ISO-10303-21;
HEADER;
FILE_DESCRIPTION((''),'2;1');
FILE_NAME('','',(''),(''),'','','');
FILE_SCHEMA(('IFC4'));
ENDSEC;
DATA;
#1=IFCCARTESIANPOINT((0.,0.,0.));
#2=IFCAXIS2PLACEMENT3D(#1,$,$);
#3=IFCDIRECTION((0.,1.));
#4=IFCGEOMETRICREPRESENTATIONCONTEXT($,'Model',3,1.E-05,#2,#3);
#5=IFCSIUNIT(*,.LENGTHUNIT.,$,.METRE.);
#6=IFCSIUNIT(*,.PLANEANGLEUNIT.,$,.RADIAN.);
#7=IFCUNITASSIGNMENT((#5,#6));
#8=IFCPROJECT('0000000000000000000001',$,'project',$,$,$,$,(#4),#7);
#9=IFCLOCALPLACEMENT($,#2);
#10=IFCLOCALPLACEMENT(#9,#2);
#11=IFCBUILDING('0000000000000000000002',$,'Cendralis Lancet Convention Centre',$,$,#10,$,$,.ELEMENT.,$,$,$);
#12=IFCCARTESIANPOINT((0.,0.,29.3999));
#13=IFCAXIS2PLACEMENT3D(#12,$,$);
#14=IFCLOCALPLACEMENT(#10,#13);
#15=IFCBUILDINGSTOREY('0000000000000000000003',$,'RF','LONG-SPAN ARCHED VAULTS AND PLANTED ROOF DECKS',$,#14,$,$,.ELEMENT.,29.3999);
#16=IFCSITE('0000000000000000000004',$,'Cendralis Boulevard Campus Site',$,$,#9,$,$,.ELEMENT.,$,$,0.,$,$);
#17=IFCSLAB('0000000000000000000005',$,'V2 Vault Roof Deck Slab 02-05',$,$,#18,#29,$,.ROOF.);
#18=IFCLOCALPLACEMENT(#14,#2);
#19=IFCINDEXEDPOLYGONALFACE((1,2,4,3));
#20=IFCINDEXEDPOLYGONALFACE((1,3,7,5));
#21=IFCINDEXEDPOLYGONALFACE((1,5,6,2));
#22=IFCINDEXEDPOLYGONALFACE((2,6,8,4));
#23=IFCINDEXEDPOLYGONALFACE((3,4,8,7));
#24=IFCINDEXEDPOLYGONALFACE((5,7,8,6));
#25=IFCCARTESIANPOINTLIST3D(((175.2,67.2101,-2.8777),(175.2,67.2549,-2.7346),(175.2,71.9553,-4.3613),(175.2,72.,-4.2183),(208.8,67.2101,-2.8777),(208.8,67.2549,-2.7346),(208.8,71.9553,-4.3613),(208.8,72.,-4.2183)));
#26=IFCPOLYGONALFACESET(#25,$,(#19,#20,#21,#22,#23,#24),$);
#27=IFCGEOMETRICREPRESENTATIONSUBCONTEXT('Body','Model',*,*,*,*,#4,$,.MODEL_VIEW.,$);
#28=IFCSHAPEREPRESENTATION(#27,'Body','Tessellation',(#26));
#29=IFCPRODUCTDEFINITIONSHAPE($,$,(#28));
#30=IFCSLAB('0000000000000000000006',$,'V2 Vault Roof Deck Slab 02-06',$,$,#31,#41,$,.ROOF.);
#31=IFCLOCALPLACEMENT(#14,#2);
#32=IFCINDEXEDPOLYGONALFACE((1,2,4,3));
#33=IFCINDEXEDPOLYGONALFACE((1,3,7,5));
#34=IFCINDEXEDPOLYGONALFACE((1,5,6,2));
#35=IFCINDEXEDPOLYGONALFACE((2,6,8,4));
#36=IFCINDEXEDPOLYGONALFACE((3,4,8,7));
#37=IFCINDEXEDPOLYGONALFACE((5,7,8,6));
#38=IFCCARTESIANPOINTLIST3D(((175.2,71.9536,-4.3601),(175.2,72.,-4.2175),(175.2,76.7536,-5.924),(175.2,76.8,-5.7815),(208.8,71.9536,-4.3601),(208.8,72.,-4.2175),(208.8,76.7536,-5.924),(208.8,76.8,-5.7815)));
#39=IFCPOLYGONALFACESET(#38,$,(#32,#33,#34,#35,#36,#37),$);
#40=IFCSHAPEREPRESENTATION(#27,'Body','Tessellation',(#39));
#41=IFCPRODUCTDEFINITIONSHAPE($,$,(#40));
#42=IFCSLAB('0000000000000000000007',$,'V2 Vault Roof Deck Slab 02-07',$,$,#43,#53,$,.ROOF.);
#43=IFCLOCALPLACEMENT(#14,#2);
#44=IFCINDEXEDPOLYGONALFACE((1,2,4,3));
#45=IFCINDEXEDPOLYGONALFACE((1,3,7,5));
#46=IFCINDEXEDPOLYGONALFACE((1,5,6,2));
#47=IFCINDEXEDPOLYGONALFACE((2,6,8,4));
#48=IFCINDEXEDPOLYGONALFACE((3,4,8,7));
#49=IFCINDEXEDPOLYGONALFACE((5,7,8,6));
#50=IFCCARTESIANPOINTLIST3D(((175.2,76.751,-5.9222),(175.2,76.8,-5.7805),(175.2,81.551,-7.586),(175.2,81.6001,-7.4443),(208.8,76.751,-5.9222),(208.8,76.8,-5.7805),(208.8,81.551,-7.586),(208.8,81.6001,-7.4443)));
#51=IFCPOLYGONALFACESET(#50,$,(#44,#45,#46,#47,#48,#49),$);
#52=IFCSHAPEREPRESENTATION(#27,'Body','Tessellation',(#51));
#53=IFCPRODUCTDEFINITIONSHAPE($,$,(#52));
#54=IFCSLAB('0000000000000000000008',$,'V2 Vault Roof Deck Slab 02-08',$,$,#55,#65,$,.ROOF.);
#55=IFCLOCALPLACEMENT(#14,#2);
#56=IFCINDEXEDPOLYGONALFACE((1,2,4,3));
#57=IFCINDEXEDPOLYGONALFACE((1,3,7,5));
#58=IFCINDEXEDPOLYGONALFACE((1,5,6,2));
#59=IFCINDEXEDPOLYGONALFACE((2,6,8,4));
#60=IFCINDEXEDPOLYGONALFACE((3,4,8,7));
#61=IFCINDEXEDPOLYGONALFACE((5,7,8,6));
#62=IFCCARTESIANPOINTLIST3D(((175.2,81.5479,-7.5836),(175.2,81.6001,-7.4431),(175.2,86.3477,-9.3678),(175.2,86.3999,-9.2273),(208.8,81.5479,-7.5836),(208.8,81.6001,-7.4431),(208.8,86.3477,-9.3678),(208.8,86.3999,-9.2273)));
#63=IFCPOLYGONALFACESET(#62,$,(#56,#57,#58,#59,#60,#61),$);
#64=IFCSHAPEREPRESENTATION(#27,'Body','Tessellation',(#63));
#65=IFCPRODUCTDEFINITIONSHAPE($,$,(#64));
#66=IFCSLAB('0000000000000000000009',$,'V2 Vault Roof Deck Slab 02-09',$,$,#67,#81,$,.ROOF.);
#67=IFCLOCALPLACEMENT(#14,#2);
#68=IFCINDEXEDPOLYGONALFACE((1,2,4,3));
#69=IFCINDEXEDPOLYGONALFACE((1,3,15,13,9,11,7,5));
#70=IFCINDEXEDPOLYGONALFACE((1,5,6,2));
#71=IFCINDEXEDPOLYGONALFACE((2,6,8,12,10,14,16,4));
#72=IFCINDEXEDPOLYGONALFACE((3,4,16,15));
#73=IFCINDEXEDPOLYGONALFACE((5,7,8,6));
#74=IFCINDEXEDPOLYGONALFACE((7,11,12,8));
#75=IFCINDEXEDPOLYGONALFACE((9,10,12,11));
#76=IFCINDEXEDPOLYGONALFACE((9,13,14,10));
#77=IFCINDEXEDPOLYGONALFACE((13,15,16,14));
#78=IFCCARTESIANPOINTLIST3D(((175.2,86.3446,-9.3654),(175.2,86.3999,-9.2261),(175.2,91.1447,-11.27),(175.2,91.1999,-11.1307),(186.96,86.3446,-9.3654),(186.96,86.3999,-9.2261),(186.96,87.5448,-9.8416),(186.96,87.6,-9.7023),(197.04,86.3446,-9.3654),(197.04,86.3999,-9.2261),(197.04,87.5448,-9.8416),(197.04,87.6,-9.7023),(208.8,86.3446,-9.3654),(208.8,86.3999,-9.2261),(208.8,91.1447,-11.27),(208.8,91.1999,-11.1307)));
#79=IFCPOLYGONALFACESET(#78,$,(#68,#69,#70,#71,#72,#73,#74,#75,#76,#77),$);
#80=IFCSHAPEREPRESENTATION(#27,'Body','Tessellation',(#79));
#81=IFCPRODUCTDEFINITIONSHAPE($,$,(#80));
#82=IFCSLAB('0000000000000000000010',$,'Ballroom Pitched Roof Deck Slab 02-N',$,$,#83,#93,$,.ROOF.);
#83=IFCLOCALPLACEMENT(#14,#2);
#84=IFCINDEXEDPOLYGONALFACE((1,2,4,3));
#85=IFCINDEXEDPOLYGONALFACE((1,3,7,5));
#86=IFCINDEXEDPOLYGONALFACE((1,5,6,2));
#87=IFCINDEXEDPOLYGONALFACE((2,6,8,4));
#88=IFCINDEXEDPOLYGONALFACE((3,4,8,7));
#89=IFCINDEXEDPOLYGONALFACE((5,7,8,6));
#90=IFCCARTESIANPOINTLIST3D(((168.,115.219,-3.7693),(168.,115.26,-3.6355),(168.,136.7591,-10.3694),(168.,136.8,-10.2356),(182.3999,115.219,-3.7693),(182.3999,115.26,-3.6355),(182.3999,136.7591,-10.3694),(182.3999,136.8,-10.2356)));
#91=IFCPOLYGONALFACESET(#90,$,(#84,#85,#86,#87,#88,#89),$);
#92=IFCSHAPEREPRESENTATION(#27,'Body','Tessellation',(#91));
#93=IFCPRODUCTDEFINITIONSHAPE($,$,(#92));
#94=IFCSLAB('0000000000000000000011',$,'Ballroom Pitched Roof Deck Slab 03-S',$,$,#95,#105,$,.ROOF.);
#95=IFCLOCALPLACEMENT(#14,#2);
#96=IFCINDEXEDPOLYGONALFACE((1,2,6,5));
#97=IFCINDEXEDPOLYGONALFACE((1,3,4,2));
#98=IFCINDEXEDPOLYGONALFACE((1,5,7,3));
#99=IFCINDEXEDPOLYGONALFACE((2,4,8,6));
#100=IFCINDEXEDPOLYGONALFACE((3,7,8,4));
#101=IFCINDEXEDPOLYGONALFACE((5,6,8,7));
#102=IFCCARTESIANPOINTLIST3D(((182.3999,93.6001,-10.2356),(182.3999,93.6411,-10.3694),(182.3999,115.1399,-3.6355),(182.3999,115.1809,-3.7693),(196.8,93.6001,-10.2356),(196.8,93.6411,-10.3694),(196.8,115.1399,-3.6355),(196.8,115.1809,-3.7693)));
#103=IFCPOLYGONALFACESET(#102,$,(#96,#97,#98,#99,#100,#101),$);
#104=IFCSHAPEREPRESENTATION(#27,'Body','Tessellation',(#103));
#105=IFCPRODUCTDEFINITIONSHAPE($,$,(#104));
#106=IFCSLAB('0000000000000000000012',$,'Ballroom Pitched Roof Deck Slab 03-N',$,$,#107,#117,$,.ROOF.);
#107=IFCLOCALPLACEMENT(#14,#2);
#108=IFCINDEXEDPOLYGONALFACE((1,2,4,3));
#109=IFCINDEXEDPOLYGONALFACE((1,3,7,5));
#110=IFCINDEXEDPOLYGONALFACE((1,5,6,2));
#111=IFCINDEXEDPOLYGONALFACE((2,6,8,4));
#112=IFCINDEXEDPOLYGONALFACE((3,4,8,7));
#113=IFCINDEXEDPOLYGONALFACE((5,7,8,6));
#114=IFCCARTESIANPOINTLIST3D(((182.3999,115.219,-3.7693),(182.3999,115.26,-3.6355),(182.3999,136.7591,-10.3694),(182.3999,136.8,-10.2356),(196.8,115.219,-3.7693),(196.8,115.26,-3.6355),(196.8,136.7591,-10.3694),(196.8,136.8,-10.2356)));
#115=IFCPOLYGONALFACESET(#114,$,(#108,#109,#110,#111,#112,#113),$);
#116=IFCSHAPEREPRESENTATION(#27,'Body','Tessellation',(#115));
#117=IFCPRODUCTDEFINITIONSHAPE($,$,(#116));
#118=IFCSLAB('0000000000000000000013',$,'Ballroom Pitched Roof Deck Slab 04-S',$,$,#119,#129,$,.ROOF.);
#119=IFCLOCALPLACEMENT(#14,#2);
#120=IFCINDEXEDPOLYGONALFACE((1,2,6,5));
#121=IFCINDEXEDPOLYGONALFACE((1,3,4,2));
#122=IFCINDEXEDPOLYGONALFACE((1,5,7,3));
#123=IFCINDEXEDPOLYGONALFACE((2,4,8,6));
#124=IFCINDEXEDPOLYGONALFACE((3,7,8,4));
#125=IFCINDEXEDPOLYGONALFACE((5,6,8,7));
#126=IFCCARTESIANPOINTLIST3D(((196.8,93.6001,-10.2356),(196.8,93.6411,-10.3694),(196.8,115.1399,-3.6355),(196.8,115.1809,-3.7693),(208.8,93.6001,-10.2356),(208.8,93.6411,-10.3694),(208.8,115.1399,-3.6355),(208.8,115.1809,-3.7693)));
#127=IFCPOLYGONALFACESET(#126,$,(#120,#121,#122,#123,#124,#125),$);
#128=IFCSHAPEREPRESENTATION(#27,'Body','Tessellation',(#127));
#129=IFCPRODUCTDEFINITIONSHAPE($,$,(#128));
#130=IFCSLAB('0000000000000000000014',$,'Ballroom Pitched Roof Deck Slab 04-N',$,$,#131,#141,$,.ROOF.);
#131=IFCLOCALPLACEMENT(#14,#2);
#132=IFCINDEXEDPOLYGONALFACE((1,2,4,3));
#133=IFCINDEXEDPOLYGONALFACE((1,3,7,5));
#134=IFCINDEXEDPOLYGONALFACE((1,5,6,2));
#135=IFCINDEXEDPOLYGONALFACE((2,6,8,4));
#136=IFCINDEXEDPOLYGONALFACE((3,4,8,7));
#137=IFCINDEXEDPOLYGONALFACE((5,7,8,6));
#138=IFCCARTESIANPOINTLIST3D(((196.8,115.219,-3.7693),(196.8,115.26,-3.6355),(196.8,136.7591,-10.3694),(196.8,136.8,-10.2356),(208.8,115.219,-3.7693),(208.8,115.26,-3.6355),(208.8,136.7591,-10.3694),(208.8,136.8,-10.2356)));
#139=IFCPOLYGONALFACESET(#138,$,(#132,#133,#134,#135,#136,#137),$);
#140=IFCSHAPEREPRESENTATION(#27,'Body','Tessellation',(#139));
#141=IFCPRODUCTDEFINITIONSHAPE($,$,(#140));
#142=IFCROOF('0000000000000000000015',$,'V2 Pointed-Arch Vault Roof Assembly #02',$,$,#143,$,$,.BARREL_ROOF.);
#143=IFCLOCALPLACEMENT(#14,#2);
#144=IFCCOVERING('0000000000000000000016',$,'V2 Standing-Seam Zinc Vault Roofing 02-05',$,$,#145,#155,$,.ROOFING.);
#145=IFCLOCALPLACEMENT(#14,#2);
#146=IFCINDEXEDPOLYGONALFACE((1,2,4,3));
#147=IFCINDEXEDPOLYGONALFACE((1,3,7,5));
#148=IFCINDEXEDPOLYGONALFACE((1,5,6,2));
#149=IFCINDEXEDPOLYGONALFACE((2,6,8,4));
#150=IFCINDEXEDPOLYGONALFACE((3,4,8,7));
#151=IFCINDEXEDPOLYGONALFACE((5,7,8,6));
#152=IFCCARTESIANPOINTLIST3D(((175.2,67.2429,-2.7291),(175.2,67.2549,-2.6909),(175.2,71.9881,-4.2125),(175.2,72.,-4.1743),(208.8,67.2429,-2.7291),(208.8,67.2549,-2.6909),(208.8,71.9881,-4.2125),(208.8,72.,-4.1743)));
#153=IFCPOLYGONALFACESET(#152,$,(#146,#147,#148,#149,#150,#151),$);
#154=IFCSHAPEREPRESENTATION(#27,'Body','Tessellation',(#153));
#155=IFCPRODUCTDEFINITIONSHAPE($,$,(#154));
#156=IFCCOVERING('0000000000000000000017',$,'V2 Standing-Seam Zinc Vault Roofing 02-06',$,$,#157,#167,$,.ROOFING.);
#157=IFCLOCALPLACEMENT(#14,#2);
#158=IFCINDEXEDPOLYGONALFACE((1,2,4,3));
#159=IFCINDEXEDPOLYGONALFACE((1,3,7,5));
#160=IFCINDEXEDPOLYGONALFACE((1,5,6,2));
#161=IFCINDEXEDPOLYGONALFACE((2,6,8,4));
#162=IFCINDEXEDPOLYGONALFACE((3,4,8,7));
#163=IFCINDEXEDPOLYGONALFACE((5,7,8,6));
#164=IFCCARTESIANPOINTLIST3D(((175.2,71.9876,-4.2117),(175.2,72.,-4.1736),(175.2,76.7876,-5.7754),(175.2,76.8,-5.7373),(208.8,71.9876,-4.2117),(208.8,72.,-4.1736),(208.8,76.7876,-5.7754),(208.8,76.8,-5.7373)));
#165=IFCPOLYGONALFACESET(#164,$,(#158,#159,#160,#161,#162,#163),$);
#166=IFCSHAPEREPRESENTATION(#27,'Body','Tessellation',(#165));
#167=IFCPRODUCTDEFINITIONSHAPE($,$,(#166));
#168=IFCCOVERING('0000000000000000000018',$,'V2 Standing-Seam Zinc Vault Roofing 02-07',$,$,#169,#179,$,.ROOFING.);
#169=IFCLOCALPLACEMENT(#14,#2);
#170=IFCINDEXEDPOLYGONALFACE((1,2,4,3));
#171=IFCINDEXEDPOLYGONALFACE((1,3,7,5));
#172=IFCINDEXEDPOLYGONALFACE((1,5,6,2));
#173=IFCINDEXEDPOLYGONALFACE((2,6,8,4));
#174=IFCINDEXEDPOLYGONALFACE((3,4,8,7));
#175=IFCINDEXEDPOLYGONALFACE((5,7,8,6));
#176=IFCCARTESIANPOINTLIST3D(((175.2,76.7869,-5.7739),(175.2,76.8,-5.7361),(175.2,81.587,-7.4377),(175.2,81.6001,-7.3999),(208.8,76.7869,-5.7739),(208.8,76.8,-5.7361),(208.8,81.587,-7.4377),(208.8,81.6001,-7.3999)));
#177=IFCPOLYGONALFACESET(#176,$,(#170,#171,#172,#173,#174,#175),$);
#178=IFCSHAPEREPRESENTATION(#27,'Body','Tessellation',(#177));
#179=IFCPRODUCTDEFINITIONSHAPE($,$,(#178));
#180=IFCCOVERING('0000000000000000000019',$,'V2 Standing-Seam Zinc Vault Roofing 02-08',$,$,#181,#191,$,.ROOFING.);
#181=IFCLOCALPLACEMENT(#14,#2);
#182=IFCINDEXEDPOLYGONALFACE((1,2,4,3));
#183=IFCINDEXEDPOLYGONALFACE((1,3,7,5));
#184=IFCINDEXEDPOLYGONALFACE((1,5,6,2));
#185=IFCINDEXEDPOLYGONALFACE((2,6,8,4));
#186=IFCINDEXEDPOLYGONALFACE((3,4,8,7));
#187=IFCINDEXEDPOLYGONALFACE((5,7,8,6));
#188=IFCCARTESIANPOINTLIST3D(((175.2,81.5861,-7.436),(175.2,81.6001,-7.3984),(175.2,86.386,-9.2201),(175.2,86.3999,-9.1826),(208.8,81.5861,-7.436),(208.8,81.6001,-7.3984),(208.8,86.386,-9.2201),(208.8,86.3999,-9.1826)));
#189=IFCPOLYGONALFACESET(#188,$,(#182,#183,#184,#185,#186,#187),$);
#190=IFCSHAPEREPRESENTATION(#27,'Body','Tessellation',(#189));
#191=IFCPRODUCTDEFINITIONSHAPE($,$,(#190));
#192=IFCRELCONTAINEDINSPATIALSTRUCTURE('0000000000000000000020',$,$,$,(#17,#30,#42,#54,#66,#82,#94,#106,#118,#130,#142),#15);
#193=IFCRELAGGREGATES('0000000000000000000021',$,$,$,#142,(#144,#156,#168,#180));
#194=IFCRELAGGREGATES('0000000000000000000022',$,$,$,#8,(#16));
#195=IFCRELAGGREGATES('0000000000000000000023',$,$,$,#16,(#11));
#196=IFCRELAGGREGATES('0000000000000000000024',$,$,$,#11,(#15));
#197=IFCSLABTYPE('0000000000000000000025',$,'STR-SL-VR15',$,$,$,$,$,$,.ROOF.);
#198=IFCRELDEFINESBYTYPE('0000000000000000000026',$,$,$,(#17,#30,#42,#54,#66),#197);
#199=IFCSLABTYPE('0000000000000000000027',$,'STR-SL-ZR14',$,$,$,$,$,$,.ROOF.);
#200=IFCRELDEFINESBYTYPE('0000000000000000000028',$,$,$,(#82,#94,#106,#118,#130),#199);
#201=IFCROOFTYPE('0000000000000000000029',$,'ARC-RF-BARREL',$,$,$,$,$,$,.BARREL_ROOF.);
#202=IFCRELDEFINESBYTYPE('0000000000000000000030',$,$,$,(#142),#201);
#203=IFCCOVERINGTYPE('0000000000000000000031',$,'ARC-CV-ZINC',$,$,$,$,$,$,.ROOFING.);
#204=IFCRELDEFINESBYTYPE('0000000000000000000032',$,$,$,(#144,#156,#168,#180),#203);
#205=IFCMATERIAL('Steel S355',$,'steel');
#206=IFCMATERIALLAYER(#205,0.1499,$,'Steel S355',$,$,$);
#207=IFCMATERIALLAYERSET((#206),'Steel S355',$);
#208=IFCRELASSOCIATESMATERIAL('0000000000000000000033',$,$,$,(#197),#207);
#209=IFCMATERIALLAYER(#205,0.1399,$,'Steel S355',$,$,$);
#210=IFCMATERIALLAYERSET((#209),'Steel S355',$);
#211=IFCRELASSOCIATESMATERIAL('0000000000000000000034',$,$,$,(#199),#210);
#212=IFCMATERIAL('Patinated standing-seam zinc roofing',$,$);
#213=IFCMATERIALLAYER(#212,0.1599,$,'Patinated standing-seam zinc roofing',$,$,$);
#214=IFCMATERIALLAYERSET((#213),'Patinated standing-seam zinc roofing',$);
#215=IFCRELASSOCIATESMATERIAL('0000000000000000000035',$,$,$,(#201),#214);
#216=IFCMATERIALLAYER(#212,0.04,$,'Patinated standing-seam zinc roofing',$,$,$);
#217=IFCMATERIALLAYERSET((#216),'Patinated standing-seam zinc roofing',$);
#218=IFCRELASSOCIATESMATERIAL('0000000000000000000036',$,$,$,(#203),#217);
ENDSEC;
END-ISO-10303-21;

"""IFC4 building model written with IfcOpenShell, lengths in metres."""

from ifc_helpers import new_model, si_unit, direction, frame, origin, place, context, subcontext, project, spatial, polyline, outline, extrude, material, layer, layer_set, type_object, element, aggregate, save


model = new_model("IFC4")

# Units and contexts
model_context = context("Model", 3, precision=1e-05, world=origin(), true_north=direction((0.0, 1.0)))
body_context = subcontext(model_context, "Body", "Model", "MODEL_VIEW")
ifc_project = project(units=[si_unit("LENGTHUNIT", "METRE"), si_unit("PLANEANGLEUNIT", "RADIAN")], contexts=[model_context])

# Site, building, storey
site_placement = place(None, origin())
site = spatial("IfcSite", under=ifc_project, at=site_placement, Name="Cendralis Boulevard Campus Site", CompositionType="ELEMENT", RefElevation=0.0)
building_placement = place(site_placement, origin())
building = spatial("IfcBuilding", under=site, at=building_placement, Name="Cendralis Lancet Convention Centre", CompositionType="ELEMENT")
storey_placement = place(building_placement, frame((0.0, 0.0, 29.3999)))
storey = spatial("IfcBuildingStorey", under=building, at=storey_placement, Name="RF", Description="LONG-SPAN ARCHED VAULTS AND PLANTED ROOF DECKS", CompositionType="ELEMENT", Elevation=29.3999)

# Slabs
ifc_material_1 = material(Name="Steel S355", Category="steel")
ifc_layer_1 = layer(ifc_material_1, 0.1499, Name="Steel S355")
ifc_layer_set_1 = layer_set([ifc_layer_1], Name="Steel S355")
slab_type_1 = type_object("IfcSlabType", Name="STR-SL-VR15", PredefinedType="ROOF", material=ifc_layer_set_1)
slab_1_placement = place(storey_placement, frame((175.2, 67.2549, -2.7346), z_axis=(0.0, 0.29842, 0.954435), x_axis=(1.0, 0.0, 0.0)))
element("IfcSlab", 1, at=slab_1_placement, inside=storey, type_object=slab_type_1, Name="V2 Vault Roof Deck Slab 02-05", PredefinedType="ROOF", context=body_context, shape_type="SweptSolid", body=[
    extrude(outline(polyline([(0.0, 0.0), (33.6001, 0.0), (33.6001, 4.9717), (0.0, 4.9717), (0.0, 0.0)])), origin(), (0.0, 0.0, -1.0), 0.1499),
])
slab_2_placement = place(storey_placement, frame((175.2, 72.0, -4.2175), z_axis=(0.0, 0.309793, 0.950804), x_axis=(1.0, 0.0, 0.0)))
element("IfcSlab", 2, at=slab_2_placement, inside=storey, type_object=slab_type_1, Name="V2 Vault Roof Deck Slab 02-06", PredefinedType="ROOF", context=body_context, shape_type="SweptSolid", body=[
    extrude(outline(polyline([(0.0, 0.0), (33.6001, 0.0), (33.6001, 5.0484), (0.0, 5.0484), (0.0, 0.0)])), origin(), (0.0, 0.0, -1.0), 0.1499),
])
slab_3_placement = place(storey_placement, frame((175.2, 76.8, -5.7805), z_axis=(0.0, 0.327508, 0.944848), x_axis=(1.0, 0.0, 0.0)))
element("IfcSlab", 3, at=slab_3_placement, inside=storey, type_object=slab_type_1, Name="V2 Vault Roof Deck Slab 02-07", PredefinedType="ROOF", context=body_context, shape_type="SweptSolid", body=[
    extrude(outline(polyline([(0.0, 0.0), (33.6001, 0.0), (33.6001, 5.0802), (0.0, 5.0802), (0.0, 0.0)])), origin(), (0.0, 0.0, -1.0), 0.1499),
])
slab_4_placement = place(storey_placement, frame((175.2, 81.6001, -7.4431), z_axis=(0.0, 0.348426, 0.937336), x_axis=(1.0, 0.0, 0.0)))
element("IfcSlab", 4, at=slab_4_placement, inside=storey, type_object=slab_type_1, Name="V2 Vault Roof Deck Slab 02-08", PredefinedType="ROOF", context=body_context, shape_type="SweptSolid", body=[
    extrude(outline(polyline([(0.0, 0.0), (33.6001, 0.0), (33.6001, 5.1207), (0.0, 5.1207), (0.0, 0.0)])), origin(), (0.0, 0.0, -1.0), 0.1499),
])
slab_5_placement = place(storey_placement, frame((175.2, 86.3999, -9.2261), z_axis=(0.0, 0.368813, 0.929504), x_axis=(1.0, 0.0, 0.0)))
element("IfcSlab", 5, at=slab_5_placement, inside=storey, type_object=slab_type_1, Name="V2 Vault Roof Deck Slab 02-09", PredefinedType="ROOF", context=body_context, shape_type="SweptSolid", body=[
    extrude(outline(polyline([(0.0, 0.0), (11.76, 0.0), (11.76, 1.2912), (21.8401, 1.2912), (21.8401, 0.0), (33.6001, 0.0), (33.6001, 5.1641), (0.0, 5.1641), (0.0, 0.0)])), origin(), (0.0, 0.0, -1.0), 0.1499),
])
ifc_layer_2 = layer(ifc_material_1, 0.1399, Name="Steel S355")
ifc_layer_set_2 = layer_set([ifc_layer_2], Name="Steel S355")
slab_type_2 = type_object("IfcSlabType", Name="STR-SL-ZR14", PredefinedType="ROOF", material=ifc_layer_set_2)
slab_6_placement = place(storey_placement, frame((168.0, 115.26, -3.6355), z_axis=(0.0, 0.292966, 0.956123), x_axis=(1.0, 0.0, 0.0)))
element("IfcSlab", 6, at=slab_6_placement, inside=storey, type_object=slab_type_2, Name="Ballroom Pitched Roof Deck Slab 02-N", PredefinedType="ROOF", context=body_context, shape_type="SweptSolid", body=[
    extrude(outline(polyline([(0.0, 0.0), (14.3999, 0.0), (14.3999, 22.5285), (0.0, 22.5285), (0.0, 0.0)])), origin(), (0.0, 0.0, -1.0), 0.1399),
])
slab_7_placement = place(storey_placement, frame((182.3999, 93.6001, -10.2356), z_axis=(0.0, -0.292969, 0.956122), x_axis=(1.0, 0.0, 0.0)))
element("IfcSlab", 7, at=slab_7_placement, inside=storey, type_object=slab_type_2, Name="Ballroom Pitched Roof Deck Slab 03-S", PredefinedType="ROOF", context=body_context, shape_type="SweptSolid", body=[
    extrude(outline(polyline([(0.0, 0.0), (14.4001, 0.0), (14.4001, 22.5283), (0.0, 22.5283), (0.0, 0.0)])), origin(), (0.0, 0.0, -1.0), 0.1399),
])
slab_8_placement = place(storey_placement, frame((182.3999, 115.26, -3.6355), z_axis=(0.0, 0.292966, 0.956123), x_axis=(1.0, 0.0, 0.0)))
element("IfcSlab", 8, at=slab_8_placement, inside=storey, type_object=slab_type_2, Name="Ballroom Pitched Roof Deck Slab 03-N", PredefinedType="ROOF", context=body_context, shape_type="SweptSolid", body=[
    extrude(outline(polyline([(0.0, 0.0), (14.4001, 0.0), (14.4001, 22.5285), (0.0, 22.5285), (0.0, 0.0)])), origin(), (0.0, 0.0, -1.0), 0.1399),
])
slab_9_placement = place(storey_placement, frame((196.8, 93.6001, -10.2356), z_axis=(0.0, -0.292969, 0.956122), x_axis=(1.0, 0.0, 0.0)))
element("IfcSlab", 9, at=slab_9_placement, inside=storey, type_object=slab_type_2, Name="Ballroom Pitched Roof Deck Slab 04-S", PredefinedType="ROOF", context=body_context, shape_type="SweptSolid", body=[
    extrude(outline(polyline([(0.0, 0.0), (12.0, 0.0), (12.0, 22.5283), (0.0, 22.5283), (0.0, 0.0)])), origin(), (0.0, 0.0, -1.0), 0.1399),
])
slab_10_placement = place(storey_placement, frame((196.8, 115.26, -3.6355), z_axis=(0.0, 0.292966, 0.956123), x_axis=(1.0, 0.0, 0.0)))
element("IfcSlab", 10, at=slab_10_placement, inside=storey, type_object=slab_type_2, Name="Ballroom Pitched Roof Deck Slab 04-N", PredefinedType="ROOF", context=body_context, shape_type="SweptSolid", body=[
    extrude(outline(polyline([(0.0, 0.0), (12.0, 0.0), (12.0, 22.5285), (0.0, 22.5285), (0.0, 0.0)])), origin(), (0.0, 0.0, -1.0), 0.1399),
])

# Roof, coverings
ifc_material_2 = material(Name="Patinated standing-seam zinc roofing")
ifc_layer_3 = layer(ifc_material_2, 0.1599, Name="Patinated standing-seam zinc roofing")
ifc_layer_set_3 = layer_set([ifc_layer_3], Name="Patinated standing-seam zinc roofing")
roof_type_1 = type_object("IfcRoofType", Name="ARC-RF-BARREL", PredefinedType="BARREL_ROOF", material=ifc_layer_set_3)
roof_1_placement = place(storey_placement, origin())
roof_1 = element("IfcRoof", 11, at=roof_1_placement, inside=storey, type_object=roof_type_1, Name="V2 Pointed-Arch Vault Roof Assembly #02", PredefinedType="BARREL_ROOF")
ifc_layer_4 = layer(ifc_material_2, 0.04, Name="Patinated standing-seam zinc roofing")
ifc_layer_set_4 = layer_set([ifc_layer_4], Name="Patinated standing-seam zinc roofing")
covering_type = type_object("IfcCoveringType", Name="ARC-CV-ZINC", PredefinedType="ROOFING", material=ifc_layer_set_4)
covering_1_placement = place(storey_placement, frame((175.2, 67.2549, -2.6909), z_axis=(0.0, 0.298376, 0.954449), x_axis=(1.0, 0.0, 0.0)))
covering_1 = element("IfcCovering", 12, at=covering_1_placement, type_object=covering_type, Name="V2 Standing-Seam Zinc Vault Roofing 02-05", PredefinedType="ROOFING", context=body_context, shape_type="SweptSolid", body=[
    extrude(outline(polyline([(0.0, 0.0), (33.6001, 0.0), (33.6001, 4.9716), (0.0, 4.9716), (0.0, 0.0)])), origin(), (0.0, 0.0, -1.0), 0.04),
])
covering_2_placement = place(storey_placement, frame((175.2, 72.0, -4.1736), z_axis=(0.0, 0.30975, 0.950818), x_axis=(1.0, 0.0, 0.0)))
covering_2 = element("IfcCovering", 13, at=covering_2_placement, type_object=covering_type, Name="V2 Standing-Seam Zinc Vault Roofing 02-06", PredefinedType="ROOFING", context=body_context, shape_type="SweptSolid", body=[
    extrude(outline(polyline([(0.0, 0.0), (33.6001, 0.0), (33.6001, 5.0483), (0.0, 5.0483), (0.0, 0.0)])), origin(), (0.0, 0.0, -1.0), 0.04),
])
covering_3_placement = place(storey_placement, frame((175.2, 76.8, -5.7361), z_axis=(0.0, 0.327508, 0.944848), x_axis=(1.0, 0.0, 0.0)))
covering_3 = element("IfcCovering", 14, at=covering_3_placement, type_object=covering_type, Name="V2 Standing-Seam Zinc Vault Roofing 02-07", PredefinedType="ROOFING", context=body_context, shape_type="SweptSolid", body=[
    extrude(outline(polyline([(0.0, 0.0), (33.6001, 0.0), (33.6001, 5.0802), (0.0, 5.0802), (0.0, 0.0)])), origin(), (0.0, 0.0, -1.0), 0.04),
])
covering_4_placement = place(storey_placement, frame((175.2, 81.6001, -7.3984), z_axis=(0.0, 0.348426, 0.937336), x_axis=(1.0, 0.0, 0.0)))
covering_4 = element("IfcCovering", 15, at=covering_4_placement, type_object=covering_type, Name="V2 Standing-Seam Zinc Vault Roofing 02-08", PredefinedType="ROOFING", context=body_context, shape_type="SweptSolid", body=[
    extrude(outline(polyline([(0.0, 0.0), (33.6001, 0.0), (33.6001, 5.1207), (0.0, 5.1207), (0.0, 0.0)])), origin(), (0.0, 0.0, -1.0), 0.04),
])
aggregate(roof_1, [covering_1, covering_2, covering_3, covering_4])

save(model, "model.ifc")
